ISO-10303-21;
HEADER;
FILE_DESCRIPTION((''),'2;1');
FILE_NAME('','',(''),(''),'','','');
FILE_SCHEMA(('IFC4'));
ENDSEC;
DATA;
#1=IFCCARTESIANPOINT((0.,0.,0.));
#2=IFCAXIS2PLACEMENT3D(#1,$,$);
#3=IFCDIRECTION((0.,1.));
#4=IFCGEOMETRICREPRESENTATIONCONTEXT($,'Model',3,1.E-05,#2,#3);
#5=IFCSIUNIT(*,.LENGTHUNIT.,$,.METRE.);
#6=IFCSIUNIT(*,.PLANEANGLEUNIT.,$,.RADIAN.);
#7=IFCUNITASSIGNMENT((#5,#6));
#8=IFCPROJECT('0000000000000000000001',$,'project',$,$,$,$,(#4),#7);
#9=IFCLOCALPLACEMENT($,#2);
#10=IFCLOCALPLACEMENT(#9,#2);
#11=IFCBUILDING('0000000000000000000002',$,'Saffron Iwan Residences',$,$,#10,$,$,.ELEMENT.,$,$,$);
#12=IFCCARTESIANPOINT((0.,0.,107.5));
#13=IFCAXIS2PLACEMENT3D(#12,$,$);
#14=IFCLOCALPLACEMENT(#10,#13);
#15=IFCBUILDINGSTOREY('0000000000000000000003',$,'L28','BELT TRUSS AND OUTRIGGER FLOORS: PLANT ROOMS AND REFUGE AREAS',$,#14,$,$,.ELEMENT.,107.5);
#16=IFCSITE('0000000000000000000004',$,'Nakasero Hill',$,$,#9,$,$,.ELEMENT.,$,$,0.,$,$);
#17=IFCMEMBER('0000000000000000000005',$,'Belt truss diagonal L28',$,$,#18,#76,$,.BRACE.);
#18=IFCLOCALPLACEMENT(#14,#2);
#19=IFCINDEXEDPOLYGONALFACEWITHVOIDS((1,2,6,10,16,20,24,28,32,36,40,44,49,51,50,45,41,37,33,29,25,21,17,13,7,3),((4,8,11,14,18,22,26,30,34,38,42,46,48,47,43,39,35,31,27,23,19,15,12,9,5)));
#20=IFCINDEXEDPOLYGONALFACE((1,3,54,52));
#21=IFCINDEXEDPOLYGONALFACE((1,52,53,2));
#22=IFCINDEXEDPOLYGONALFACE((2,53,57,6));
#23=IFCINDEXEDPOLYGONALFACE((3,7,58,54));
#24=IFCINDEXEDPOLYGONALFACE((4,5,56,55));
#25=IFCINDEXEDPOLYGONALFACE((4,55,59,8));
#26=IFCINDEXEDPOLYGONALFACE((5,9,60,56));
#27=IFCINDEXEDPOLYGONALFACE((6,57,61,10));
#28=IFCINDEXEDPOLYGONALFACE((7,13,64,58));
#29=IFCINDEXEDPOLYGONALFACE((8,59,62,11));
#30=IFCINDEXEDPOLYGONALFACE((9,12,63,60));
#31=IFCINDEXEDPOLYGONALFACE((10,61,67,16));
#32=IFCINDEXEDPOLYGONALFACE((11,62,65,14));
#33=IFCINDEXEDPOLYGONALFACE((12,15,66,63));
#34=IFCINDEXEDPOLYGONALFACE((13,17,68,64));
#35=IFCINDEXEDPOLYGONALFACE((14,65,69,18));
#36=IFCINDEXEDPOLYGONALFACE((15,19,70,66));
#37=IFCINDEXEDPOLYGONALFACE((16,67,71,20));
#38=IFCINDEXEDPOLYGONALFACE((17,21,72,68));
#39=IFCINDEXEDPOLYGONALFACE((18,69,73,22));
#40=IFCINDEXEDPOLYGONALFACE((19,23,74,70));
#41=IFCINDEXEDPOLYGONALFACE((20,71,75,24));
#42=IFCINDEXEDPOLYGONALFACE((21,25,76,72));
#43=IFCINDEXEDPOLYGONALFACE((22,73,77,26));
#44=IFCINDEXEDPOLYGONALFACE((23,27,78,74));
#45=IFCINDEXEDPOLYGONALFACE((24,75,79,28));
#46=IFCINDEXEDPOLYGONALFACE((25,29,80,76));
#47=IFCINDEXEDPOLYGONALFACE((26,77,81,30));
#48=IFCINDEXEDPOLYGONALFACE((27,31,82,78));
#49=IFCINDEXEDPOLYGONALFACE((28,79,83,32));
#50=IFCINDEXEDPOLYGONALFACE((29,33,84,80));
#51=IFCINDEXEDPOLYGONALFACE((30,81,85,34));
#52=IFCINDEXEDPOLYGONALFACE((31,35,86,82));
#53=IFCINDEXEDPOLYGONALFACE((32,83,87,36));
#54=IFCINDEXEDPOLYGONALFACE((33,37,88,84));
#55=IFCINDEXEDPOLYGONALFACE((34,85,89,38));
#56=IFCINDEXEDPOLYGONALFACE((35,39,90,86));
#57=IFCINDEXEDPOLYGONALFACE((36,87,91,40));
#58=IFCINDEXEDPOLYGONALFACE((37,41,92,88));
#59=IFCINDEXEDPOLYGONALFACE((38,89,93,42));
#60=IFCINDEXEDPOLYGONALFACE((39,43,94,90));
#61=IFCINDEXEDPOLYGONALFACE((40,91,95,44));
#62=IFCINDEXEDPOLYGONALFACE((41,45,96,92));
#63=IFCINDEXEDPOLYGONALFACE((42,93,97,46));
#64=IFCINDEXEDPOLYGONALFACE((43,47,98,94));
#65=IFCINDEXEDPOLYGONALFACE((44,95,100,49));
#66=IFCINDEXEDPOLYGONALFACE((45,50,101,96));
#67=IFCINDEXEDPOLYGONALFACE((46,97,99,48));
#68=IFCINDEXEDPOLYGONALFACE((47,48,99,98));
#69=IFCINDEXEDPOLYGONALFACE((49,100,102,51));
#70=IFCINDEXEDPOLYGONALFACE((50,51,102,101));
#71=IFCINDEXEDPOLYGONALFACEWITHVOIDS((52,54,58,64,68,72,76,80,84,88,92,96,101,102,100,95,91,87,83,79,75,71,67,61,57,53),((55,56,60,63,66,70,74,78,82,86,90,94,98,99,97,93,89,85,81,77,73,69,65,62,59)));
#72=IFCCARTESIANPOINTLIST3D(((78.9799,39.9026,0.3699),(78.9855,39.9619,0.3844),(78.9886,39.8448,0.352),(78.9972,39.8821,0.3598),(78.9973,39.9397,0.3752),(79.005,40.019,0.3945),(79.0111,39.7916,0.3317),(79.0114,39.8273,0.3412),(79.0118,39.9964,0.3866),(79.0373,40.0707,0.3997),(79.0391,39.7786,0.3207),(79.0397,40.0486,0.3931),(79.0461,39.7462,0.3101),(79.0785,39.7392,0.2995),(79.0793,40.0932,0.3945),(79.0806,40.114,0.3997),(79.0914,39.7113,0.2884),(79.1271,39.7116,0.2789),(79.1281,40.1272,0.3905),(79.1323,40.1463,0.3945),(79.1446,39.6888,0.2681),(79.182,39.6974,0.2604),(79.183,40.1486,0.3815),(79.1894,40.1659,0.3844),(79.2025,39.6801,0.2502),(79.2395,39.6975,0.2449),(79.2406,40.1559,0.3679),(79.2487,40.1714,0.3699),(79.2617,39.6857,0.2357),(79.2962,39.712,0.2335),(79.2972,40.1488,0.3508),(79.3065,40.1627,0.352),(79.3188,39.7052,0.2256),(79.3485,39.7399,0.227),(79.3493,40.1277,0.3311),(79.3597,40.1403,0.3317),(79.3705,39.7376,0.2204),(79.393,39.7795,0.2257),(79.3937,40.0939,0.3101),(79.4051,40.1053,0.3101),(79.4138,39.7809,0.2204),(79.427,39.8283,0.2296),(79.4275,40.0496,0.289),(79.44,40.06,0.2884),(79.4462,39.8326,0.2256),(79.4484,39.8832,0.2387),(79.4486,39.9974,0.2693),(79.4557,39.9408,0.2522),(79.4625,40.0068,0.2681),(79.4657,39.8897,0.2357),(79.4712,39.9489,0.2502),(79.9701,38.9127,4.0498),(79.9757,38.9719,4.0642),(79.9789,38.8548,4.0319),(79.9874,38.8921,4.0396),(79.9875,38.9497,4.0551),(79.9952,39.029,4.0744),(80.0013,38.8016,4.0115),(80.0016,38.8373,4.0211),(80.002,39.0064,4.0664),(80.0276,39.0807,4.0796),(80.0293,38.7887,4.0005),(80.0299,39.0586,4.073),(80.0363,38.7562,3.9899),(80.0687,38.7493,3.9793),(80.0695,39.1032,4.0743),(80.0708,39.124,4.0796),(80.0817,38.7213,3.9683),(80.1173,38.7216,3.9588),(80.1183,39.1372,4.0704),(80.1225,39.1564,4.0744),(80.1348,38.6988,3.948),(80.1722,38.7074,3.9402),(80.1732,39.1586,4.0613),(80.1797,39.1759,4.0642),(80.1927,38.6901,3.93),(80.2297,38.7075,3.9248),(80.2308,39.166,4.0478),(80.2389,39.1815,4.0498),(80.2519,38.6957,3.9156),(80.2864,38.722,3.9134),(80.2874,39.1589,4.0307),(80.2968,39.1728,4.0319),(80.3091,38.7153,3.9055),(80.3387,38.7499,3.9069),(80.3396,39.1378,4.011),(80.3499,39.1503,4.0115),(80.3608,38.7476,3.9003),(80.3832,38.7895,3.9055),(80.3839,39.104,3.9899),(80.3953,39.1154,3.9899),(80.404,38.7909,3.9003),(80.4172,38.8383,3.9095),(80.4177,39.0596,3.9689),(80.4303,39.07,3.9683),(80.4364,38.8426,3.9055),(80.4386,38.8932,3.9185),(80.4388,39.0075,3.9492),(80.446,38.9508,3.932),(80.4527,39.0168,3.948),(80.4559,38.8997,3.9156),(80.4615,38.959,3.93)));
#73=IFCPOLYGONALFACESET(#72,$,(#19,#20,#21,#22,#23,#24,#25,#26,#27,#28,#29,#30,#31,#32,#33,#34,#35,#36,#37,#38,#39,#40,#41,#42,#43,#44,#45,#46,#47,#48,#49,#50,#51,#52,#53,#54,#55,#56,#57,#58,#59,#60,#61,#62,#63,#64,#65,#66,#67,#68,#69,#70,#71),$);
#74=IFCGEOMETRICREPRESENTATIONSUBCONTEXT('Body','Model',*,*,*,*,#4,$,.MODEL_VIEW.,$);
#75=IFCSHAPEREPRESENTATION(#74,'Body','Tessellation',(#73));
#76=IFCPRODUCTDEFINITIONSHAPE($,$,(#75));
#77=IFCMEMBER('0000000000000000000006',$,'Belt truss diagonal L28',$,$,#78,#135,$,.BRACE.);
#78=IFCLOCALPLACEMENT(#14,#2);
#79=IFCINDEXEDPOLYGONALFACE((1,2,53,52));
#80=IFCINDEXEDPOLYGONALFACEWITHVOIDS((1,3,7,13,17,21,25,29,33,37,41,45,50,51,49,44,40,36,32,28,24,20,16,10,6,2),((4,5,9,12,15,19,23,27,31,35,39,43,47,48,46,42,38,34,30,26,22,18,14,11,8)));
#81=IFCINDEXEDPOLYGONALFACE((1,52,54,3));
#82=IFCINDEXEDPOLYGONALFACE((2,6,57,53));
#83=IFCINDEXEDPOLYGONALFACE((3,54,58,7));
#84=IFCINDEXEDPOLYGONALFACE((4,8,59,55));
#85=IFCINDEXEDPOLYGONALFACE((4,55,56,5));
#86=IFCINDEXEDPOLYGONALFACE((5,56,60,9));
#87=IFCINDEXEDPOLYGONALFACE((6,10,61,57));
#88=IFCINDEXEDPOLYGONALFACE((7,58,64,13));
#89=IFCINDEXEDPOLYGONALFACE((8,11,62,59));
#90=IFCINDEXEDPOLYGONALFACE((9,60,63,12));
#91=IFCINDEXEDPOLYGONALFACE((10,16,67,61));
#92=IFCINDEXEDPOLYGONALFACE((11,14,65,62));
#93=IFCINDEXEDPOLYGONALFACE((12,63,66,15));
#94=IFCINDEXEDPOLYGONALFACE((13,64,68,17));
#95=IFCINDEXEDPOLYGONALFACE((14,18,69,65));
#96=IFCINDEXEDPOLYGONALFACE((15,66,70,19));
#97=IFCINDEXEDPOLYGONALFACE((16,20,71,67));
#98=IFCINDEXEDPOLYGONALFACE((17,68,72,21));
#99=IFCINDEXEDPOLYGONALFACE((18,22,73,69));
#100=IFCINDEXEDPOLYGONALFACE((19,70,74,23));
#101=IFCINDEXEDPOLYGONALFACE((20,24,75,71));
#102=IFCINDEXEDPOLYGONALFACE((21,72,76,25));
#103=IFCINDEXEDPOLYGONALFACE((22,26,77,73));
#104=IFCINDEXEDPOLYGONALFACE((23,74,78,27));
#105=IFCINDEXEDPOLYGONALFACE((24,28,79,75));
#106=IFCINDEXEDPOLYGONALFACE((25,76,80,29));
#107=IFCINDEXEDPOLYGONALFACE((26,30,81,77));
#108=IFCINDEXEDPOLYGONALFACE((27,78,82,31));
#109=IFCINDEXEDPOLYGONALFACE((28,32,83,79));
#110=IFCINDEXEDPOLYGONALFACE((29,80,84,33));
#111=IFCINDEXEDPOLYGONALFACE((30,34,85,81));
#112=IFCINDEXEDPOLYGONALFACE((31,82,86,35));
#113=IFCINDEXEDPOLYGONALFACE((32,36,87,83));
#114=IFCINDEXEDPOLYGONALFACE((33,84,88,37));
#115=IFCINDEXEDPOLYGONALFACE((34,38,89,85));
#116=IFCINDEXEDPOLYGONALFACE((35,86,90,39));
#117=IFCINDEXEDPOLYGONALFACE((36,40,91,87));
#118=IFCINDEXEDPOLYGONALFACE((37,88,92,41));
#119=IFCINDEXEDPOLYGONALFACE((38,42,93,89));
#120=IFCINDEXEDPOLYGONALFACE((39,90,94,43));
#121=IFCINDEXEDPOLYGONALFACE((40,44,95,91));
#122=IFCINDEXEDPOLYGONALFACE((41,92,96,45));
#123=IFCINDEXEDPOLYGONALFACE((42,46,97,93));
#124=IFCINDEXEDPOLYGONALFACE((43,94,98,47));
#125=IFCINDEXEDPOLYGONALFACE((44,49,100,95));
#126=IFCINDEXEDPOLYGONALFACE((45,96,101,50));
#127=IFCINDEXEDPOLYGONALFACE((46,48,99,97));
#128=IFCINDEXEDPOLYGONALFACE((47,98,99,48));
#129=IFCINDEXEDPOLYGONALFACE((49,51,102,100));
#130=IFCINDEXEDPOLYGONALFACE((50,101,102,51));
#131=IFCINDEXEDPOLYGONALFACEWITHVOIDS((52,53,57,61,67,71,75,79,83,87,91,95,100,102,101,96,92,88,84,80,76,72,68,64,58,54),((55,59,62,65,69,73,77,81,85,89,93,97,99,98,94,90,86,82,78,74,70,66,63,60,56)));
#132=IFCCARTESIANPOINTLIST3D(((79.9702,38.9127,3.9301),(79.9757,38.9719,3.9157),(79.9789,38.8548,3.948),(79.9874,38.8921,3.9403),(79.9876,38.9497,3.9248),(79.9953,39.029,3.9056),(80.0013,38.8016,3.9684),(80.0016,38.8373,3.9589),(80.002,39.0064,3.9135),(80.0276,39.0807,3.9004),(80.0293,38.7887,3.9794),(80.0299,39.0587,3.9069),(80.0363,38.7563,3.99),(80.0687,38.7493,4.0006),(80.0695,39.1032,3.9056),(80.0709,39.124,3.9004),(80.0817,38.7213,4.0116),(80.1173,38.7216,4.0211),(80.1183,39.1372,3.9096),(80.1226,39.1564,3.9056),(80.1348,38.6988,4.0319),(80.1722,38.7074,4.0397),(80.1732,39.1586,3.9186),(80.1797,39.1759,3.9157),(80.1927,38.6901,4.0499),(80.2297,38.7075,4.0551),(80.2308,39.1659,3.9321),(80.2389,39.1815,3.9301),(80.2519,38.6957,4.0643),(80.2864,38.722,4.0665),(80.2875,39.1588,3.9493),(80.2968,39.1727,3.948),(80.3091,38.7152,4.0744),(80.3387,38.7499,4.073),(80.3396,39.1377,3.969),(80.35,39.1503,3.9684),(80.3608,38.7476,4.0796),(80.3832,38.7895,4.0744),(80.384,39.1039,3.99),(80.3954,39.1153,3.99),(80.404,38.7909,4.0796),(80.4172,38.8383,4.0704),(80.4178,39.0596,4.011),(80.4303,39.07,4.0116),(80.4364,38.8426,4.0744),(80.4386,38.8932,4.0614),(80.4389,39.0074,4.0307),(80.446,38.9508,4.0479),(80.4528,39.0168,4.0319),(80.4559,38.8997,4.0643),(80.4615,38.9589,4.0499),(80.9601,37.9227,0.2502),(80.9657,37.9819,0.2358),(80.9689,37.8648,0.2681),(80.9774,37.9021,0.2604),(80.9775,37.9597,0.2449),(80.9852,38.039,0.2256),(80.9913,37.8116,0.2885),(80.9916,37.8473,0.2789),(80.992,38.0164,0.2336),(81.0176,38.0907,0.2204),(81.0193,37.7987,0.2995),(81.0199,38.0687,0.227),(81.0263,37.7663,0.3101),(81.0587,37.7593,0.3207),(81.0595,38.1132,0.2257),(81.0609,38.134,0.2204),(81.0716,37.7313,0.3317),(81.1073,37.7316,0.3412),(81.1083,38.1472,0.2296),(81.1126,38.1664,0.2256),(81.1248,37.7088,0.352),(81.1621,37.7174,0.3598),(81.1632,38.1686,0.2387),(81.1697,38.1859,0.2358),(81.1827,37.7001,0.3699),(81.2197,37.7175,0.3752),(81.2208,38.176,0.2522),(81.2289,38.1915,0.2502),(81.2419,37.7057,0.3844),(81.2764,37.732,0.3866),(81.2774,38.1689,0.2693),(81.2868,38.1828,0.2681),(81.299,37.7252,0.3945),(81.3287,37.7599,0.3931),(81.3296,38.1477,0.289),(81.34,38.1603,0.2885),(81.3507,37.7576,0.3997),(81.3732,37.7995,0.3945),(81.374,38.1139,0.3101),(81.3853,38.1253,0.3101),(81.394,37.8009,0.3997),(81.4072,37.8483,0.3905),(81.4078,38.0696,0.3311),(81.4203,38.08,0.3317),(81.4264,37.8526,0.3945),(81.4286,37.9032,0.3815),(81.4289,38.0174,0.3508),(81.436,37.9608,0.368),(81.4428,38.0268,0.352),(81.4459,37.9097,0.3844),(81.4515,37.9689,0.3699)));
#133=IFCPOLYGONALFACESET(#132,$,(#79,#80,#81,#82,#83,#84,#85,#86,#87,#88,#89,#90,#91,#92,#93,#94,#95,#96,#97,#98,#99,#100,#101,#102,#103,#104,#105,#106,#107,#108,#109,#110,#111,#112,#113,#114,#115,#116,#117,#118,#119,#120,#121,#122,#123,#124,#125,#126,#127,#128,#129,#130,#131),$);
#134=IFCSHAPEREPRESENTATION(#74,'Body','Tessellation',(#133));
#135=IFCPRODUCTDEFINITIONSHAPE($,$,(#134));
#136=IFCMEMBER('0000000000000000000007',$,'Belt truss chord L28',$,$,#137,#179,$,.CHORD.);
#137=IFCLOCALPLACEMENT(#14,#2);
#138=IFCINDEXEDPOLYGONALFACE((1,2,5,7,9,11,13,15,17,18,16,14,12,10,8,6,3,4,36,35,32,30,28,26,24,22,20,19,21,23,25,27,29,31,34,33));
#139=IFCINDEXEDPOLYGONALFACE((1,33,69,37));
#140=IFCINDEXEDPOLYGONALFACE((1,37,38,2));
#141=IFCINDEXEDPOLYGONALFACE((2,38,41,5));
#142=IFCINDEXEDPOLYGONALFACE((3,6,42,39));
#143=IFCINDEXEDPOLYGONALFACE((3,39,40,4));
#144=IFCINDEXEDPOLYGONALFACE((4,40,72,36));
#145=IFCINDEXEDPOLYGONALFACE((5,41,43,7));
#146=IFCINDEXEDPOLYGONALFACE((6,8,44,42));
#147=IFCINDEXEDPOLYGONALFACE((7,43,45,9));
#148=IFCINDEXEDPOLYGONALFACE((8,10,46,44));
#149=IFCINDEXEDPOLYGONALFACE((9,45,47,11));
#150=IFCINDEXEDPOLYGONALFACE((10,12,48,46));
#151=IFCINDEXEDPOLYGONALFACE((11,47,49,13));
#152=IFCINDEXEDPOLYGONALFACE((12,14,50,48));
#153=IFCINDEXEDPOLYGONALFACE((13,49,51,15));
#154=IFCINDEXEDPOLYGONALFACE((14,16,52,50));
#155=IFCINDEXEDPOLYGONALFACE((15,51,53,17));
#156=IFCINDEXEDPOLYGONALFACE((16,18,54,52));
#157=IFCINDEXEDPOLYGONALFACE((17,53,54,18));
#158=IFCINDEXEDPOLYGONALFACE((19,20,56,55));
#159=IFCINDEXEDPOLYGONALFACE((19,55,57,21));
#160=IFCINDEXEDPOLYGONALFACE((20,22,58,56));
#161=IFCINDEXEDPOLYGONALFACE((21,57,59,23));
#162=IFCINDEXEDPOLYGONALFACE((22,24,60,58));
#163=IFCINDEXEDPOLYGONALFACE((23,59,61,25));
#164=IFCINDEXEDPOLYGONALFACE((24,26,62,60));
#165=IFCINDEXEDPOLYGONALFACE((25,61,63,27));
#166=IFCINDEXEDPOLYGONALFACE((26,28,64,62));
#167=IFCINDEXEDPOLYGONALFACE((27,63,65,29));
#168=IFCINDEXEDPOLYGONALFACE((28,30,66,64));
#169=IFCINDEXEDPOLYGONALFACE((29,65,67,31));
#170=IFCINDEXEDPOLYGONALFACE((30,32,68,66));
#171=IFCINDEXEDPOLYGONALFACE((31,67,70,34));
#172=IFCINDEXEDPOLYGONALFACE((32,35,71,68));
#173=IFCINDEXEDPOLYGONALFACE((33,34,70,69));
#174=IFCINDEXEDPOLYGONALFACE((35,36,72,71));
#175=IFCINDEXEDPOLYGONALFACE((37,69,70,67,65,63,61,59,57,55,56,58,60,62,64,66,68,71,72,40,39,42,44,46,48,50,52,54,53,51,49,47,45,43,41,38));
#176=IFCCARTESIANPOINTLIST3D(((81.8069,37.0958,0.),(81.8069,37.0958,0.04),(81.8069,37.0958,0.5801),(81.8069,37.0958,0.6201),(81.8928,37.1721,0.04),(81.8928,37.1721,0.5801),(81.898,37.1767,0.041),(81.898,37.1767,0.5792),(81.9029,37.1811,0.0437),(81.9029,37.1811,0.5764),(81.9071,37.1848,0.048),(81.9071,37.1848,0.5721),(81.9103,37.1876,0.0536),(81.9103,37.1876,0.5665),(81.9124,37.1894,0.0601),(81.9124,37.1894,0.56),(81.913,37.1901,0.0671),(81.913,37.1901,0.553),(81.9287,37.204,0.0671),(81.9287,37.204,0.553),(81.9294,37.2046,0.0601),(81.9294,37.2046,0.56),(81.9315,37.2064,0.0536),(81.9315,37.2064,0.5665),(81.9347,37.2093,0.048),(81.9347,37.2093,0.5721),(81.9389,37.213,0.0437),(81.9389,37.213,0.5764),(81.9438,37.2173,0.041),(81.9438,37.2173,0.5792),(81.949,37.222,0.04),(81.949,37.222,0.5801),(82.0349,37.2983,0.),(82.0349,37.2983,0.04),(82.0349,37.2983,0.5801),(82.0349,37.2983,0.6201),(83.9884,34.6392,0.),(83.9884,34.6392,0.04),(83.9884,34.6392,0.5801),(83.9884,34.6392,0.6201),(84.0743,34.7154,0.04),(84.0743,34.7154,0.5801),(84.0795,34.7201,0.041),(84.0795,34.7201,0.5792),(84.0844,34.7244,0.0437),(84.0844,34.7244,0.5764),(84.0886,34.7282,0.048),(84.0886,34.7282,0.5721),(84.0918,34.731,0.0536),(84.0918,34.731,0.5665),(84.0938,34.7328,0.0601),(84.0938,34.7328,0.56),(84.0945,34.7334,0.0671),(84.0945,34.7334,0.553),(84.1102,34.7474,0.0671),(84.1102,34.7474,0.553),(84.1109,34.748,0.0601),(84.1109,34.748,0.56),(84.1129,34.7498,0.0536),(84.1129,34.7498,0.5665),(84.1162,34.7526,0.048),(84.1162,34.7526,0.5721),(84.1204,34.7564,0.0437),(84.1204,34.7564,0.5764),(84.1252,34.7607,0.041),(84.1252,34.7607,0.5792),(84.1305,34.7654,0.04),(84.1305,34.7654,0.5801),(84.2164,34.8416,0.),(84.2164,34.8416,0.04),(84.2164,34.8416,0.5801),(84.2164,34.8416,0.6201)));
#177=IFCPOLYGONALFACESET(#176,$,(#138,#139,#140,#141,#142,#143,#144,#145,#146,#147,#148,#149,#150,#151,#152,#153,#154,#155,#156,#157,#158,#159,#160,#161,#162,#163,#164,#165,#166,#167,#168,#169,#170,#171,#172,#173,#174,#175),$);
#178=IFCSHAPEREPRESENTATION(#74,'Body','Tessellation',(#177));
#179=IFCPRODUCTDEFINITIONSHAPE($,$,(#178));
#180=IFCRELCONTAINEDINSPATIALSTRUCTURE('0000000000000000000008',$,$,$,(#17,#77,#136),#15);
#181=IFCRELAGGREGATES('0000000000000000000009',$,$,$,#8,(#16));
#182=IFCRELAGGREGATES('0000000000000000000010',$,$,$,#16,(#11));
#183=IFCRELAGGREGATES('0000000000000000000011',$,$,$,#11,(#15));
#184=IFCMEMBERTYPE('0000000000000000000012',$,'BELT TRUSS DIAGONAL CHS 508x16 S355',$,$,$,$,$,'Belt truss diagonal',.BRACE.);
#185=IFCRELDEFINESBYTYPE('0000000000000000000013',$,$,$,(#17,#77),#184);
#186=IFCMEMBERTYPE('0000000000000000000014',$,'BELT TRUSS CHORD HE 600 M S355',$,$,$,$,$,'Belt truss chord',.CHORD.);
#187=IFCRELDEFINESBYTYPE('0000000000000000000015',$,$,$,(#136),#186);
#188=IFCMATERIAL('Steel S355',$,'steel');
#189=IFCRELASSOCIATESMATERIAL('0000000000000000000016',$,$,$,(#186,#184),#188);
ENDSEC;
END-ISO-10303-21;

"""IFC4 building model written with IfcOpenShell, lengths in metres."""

from ifc_helpers import new_model, si_unit, direction, frame, origin, origin_2d, place, context, subcontext, project, spatial, hollow_circle, i_section, extrude, source, transform, mapped, material, material_profile, profile_set, type_object, element, save


model = new_model("IFC4")

# Units and contexts
model_context = context("Model", 3, precision=1e-05, world=origin(), true_north=direction((0.0, 1.0)))
body_context = subcontext(model_context, "Body", "Model", "MODEL_VIEW")
ifc_project = project(units=[si_unit("LENGTHUNIT", "METRE"), si_unit("PLANEANGLEUNIT", "RADIAN")], contexts=[model_context])

# Site, building, storey
site_placement = place(None, origin())
site = spatial("IfcSite", under=ifc_project, at=site_placement, Name="Nakasero Hill", CompositionType="ELEMENT", RefElevation=0.0)
building_placement = place(site_placement, origin())
building = spatial("IfcBuilding", under=site, at=building_placement, Name="Saffron Iwan Residences", CompositionType="ELEMENT")
storey_placement = place(building_placement, frame((0.0, 0.0, 107.5)))
storey = spatial("IfcBuildingStorey", under=building, at=storey_placement, Name="L28", Description="BELT TRUSS AND OUTRIGGER FLOORS: PLANT ROOMS AND REFUGE AREAS", CompositionType="ELEMENT", Elevation=107.5)

# Members
ifc_material_1 = material(Name="Steel S355", Category="steel")
ifc_material_profile_1 = material_profile(ifc_material_1, i_section(OverallWidth=0.3049, OverallDepth=0.6201, WebThickness=0.021, FlangeThickness=0.04, FilletRadius=0.0271, at=origin_2d()), Name="HE 600 M")
ifc_profile_set_1 = profile_set([ifc_material_profile_1], Name="Steel S355")
member_type_1 = type_object("IfcMemberType", Name="BELT TRUSS CHORD HE 600 M S355", ElementType="Belt truss chord", PredefinedType="CHORD", material=ifc_profile_set_1)
ifc_material_profile_2 = material_profile(ifc_material_1, hollow_circle(Radius=0.2539, WallThickness=0.0161, at=origin_2d()), Name="CHS 508x16")
ifc_profile_set_2 = profile_set([ifc_material_profile_2], Name="Steel S355")
member_type_2 = type_object("IfcMemberType", Name="BELT TRUSS DIAGONAL CHS 508x16 S355", ElementType="Belt truss diagonal", PredefinedType="BRACE", material=ifc_profile_set_2)
shared_shape_1 = source(origin(), body_context, "Body", "SweptSolid", [
    extrude(hollow_circle(Radius=0.2539, WallThickness=0.0161, at=origin_2d()), origin(), (0.0, 0.0, 1.0), 3.9373),
])
for number, where, z_axis, x_axis, name in (
    (1, (79.2256, 39.9258, 0.3101), (0.251499, -0.251437, 0.934627), (0.70702, 0.707194, 0.0), "Belt truss diagonal L28"),
    (2, (80.2158, 38.9358, 3.99), (0.251441, -0.251441, -0.934642), (0.707107, 0.707107, 0.0), "Belt truss diagonal L28"),
):
    element("IfcMember", number, at=place(storey_placement, frame(where, z_axis=z_axis, x_axis=x_axis)), inside=storey, type_object=member_type_2, Name=name, PredefinedType="BRACE", context=body_context, shape_type="MappedRepresentation", body=[
        mapped(shared_shape_1, transform((0.0, 0.0, 0.0))),
    ])
shared_shape_2 = source(origin(), body_context, "Body", "SweptSolid", [
    extrude(i_section(OverallWidth=0.3049, OverallDepth=0.6201, WebThickness=0.021, FlangeThickness=0.04, FilletRadius=0.0271, at=origin_2d()), origin(), (0.0, 0.0, 1.0), 3.2854),
])
for number, where, z_axis, x_axis, name in (
    (3, (81.9209, 37.197, 0.3101), (0.66399, -0.747741, 0.0), (0.747741, 0.66399, 0.0), "Belt truss chord L28"),
):
    element("IfcMember", number, at=place(storey_placement, frame(where, z_axis=z_axis, x_axis=x_axis)), inside=storey, type_object=member_type_1, Name=name, PredefinedType="CHORD", context=body_context, shape_type="MappedRepresentation", body=[
        mapped(shared_shape_2, transform((0.0, 0.0, 0.0))),
    ])

save(model, "model.ifc")
